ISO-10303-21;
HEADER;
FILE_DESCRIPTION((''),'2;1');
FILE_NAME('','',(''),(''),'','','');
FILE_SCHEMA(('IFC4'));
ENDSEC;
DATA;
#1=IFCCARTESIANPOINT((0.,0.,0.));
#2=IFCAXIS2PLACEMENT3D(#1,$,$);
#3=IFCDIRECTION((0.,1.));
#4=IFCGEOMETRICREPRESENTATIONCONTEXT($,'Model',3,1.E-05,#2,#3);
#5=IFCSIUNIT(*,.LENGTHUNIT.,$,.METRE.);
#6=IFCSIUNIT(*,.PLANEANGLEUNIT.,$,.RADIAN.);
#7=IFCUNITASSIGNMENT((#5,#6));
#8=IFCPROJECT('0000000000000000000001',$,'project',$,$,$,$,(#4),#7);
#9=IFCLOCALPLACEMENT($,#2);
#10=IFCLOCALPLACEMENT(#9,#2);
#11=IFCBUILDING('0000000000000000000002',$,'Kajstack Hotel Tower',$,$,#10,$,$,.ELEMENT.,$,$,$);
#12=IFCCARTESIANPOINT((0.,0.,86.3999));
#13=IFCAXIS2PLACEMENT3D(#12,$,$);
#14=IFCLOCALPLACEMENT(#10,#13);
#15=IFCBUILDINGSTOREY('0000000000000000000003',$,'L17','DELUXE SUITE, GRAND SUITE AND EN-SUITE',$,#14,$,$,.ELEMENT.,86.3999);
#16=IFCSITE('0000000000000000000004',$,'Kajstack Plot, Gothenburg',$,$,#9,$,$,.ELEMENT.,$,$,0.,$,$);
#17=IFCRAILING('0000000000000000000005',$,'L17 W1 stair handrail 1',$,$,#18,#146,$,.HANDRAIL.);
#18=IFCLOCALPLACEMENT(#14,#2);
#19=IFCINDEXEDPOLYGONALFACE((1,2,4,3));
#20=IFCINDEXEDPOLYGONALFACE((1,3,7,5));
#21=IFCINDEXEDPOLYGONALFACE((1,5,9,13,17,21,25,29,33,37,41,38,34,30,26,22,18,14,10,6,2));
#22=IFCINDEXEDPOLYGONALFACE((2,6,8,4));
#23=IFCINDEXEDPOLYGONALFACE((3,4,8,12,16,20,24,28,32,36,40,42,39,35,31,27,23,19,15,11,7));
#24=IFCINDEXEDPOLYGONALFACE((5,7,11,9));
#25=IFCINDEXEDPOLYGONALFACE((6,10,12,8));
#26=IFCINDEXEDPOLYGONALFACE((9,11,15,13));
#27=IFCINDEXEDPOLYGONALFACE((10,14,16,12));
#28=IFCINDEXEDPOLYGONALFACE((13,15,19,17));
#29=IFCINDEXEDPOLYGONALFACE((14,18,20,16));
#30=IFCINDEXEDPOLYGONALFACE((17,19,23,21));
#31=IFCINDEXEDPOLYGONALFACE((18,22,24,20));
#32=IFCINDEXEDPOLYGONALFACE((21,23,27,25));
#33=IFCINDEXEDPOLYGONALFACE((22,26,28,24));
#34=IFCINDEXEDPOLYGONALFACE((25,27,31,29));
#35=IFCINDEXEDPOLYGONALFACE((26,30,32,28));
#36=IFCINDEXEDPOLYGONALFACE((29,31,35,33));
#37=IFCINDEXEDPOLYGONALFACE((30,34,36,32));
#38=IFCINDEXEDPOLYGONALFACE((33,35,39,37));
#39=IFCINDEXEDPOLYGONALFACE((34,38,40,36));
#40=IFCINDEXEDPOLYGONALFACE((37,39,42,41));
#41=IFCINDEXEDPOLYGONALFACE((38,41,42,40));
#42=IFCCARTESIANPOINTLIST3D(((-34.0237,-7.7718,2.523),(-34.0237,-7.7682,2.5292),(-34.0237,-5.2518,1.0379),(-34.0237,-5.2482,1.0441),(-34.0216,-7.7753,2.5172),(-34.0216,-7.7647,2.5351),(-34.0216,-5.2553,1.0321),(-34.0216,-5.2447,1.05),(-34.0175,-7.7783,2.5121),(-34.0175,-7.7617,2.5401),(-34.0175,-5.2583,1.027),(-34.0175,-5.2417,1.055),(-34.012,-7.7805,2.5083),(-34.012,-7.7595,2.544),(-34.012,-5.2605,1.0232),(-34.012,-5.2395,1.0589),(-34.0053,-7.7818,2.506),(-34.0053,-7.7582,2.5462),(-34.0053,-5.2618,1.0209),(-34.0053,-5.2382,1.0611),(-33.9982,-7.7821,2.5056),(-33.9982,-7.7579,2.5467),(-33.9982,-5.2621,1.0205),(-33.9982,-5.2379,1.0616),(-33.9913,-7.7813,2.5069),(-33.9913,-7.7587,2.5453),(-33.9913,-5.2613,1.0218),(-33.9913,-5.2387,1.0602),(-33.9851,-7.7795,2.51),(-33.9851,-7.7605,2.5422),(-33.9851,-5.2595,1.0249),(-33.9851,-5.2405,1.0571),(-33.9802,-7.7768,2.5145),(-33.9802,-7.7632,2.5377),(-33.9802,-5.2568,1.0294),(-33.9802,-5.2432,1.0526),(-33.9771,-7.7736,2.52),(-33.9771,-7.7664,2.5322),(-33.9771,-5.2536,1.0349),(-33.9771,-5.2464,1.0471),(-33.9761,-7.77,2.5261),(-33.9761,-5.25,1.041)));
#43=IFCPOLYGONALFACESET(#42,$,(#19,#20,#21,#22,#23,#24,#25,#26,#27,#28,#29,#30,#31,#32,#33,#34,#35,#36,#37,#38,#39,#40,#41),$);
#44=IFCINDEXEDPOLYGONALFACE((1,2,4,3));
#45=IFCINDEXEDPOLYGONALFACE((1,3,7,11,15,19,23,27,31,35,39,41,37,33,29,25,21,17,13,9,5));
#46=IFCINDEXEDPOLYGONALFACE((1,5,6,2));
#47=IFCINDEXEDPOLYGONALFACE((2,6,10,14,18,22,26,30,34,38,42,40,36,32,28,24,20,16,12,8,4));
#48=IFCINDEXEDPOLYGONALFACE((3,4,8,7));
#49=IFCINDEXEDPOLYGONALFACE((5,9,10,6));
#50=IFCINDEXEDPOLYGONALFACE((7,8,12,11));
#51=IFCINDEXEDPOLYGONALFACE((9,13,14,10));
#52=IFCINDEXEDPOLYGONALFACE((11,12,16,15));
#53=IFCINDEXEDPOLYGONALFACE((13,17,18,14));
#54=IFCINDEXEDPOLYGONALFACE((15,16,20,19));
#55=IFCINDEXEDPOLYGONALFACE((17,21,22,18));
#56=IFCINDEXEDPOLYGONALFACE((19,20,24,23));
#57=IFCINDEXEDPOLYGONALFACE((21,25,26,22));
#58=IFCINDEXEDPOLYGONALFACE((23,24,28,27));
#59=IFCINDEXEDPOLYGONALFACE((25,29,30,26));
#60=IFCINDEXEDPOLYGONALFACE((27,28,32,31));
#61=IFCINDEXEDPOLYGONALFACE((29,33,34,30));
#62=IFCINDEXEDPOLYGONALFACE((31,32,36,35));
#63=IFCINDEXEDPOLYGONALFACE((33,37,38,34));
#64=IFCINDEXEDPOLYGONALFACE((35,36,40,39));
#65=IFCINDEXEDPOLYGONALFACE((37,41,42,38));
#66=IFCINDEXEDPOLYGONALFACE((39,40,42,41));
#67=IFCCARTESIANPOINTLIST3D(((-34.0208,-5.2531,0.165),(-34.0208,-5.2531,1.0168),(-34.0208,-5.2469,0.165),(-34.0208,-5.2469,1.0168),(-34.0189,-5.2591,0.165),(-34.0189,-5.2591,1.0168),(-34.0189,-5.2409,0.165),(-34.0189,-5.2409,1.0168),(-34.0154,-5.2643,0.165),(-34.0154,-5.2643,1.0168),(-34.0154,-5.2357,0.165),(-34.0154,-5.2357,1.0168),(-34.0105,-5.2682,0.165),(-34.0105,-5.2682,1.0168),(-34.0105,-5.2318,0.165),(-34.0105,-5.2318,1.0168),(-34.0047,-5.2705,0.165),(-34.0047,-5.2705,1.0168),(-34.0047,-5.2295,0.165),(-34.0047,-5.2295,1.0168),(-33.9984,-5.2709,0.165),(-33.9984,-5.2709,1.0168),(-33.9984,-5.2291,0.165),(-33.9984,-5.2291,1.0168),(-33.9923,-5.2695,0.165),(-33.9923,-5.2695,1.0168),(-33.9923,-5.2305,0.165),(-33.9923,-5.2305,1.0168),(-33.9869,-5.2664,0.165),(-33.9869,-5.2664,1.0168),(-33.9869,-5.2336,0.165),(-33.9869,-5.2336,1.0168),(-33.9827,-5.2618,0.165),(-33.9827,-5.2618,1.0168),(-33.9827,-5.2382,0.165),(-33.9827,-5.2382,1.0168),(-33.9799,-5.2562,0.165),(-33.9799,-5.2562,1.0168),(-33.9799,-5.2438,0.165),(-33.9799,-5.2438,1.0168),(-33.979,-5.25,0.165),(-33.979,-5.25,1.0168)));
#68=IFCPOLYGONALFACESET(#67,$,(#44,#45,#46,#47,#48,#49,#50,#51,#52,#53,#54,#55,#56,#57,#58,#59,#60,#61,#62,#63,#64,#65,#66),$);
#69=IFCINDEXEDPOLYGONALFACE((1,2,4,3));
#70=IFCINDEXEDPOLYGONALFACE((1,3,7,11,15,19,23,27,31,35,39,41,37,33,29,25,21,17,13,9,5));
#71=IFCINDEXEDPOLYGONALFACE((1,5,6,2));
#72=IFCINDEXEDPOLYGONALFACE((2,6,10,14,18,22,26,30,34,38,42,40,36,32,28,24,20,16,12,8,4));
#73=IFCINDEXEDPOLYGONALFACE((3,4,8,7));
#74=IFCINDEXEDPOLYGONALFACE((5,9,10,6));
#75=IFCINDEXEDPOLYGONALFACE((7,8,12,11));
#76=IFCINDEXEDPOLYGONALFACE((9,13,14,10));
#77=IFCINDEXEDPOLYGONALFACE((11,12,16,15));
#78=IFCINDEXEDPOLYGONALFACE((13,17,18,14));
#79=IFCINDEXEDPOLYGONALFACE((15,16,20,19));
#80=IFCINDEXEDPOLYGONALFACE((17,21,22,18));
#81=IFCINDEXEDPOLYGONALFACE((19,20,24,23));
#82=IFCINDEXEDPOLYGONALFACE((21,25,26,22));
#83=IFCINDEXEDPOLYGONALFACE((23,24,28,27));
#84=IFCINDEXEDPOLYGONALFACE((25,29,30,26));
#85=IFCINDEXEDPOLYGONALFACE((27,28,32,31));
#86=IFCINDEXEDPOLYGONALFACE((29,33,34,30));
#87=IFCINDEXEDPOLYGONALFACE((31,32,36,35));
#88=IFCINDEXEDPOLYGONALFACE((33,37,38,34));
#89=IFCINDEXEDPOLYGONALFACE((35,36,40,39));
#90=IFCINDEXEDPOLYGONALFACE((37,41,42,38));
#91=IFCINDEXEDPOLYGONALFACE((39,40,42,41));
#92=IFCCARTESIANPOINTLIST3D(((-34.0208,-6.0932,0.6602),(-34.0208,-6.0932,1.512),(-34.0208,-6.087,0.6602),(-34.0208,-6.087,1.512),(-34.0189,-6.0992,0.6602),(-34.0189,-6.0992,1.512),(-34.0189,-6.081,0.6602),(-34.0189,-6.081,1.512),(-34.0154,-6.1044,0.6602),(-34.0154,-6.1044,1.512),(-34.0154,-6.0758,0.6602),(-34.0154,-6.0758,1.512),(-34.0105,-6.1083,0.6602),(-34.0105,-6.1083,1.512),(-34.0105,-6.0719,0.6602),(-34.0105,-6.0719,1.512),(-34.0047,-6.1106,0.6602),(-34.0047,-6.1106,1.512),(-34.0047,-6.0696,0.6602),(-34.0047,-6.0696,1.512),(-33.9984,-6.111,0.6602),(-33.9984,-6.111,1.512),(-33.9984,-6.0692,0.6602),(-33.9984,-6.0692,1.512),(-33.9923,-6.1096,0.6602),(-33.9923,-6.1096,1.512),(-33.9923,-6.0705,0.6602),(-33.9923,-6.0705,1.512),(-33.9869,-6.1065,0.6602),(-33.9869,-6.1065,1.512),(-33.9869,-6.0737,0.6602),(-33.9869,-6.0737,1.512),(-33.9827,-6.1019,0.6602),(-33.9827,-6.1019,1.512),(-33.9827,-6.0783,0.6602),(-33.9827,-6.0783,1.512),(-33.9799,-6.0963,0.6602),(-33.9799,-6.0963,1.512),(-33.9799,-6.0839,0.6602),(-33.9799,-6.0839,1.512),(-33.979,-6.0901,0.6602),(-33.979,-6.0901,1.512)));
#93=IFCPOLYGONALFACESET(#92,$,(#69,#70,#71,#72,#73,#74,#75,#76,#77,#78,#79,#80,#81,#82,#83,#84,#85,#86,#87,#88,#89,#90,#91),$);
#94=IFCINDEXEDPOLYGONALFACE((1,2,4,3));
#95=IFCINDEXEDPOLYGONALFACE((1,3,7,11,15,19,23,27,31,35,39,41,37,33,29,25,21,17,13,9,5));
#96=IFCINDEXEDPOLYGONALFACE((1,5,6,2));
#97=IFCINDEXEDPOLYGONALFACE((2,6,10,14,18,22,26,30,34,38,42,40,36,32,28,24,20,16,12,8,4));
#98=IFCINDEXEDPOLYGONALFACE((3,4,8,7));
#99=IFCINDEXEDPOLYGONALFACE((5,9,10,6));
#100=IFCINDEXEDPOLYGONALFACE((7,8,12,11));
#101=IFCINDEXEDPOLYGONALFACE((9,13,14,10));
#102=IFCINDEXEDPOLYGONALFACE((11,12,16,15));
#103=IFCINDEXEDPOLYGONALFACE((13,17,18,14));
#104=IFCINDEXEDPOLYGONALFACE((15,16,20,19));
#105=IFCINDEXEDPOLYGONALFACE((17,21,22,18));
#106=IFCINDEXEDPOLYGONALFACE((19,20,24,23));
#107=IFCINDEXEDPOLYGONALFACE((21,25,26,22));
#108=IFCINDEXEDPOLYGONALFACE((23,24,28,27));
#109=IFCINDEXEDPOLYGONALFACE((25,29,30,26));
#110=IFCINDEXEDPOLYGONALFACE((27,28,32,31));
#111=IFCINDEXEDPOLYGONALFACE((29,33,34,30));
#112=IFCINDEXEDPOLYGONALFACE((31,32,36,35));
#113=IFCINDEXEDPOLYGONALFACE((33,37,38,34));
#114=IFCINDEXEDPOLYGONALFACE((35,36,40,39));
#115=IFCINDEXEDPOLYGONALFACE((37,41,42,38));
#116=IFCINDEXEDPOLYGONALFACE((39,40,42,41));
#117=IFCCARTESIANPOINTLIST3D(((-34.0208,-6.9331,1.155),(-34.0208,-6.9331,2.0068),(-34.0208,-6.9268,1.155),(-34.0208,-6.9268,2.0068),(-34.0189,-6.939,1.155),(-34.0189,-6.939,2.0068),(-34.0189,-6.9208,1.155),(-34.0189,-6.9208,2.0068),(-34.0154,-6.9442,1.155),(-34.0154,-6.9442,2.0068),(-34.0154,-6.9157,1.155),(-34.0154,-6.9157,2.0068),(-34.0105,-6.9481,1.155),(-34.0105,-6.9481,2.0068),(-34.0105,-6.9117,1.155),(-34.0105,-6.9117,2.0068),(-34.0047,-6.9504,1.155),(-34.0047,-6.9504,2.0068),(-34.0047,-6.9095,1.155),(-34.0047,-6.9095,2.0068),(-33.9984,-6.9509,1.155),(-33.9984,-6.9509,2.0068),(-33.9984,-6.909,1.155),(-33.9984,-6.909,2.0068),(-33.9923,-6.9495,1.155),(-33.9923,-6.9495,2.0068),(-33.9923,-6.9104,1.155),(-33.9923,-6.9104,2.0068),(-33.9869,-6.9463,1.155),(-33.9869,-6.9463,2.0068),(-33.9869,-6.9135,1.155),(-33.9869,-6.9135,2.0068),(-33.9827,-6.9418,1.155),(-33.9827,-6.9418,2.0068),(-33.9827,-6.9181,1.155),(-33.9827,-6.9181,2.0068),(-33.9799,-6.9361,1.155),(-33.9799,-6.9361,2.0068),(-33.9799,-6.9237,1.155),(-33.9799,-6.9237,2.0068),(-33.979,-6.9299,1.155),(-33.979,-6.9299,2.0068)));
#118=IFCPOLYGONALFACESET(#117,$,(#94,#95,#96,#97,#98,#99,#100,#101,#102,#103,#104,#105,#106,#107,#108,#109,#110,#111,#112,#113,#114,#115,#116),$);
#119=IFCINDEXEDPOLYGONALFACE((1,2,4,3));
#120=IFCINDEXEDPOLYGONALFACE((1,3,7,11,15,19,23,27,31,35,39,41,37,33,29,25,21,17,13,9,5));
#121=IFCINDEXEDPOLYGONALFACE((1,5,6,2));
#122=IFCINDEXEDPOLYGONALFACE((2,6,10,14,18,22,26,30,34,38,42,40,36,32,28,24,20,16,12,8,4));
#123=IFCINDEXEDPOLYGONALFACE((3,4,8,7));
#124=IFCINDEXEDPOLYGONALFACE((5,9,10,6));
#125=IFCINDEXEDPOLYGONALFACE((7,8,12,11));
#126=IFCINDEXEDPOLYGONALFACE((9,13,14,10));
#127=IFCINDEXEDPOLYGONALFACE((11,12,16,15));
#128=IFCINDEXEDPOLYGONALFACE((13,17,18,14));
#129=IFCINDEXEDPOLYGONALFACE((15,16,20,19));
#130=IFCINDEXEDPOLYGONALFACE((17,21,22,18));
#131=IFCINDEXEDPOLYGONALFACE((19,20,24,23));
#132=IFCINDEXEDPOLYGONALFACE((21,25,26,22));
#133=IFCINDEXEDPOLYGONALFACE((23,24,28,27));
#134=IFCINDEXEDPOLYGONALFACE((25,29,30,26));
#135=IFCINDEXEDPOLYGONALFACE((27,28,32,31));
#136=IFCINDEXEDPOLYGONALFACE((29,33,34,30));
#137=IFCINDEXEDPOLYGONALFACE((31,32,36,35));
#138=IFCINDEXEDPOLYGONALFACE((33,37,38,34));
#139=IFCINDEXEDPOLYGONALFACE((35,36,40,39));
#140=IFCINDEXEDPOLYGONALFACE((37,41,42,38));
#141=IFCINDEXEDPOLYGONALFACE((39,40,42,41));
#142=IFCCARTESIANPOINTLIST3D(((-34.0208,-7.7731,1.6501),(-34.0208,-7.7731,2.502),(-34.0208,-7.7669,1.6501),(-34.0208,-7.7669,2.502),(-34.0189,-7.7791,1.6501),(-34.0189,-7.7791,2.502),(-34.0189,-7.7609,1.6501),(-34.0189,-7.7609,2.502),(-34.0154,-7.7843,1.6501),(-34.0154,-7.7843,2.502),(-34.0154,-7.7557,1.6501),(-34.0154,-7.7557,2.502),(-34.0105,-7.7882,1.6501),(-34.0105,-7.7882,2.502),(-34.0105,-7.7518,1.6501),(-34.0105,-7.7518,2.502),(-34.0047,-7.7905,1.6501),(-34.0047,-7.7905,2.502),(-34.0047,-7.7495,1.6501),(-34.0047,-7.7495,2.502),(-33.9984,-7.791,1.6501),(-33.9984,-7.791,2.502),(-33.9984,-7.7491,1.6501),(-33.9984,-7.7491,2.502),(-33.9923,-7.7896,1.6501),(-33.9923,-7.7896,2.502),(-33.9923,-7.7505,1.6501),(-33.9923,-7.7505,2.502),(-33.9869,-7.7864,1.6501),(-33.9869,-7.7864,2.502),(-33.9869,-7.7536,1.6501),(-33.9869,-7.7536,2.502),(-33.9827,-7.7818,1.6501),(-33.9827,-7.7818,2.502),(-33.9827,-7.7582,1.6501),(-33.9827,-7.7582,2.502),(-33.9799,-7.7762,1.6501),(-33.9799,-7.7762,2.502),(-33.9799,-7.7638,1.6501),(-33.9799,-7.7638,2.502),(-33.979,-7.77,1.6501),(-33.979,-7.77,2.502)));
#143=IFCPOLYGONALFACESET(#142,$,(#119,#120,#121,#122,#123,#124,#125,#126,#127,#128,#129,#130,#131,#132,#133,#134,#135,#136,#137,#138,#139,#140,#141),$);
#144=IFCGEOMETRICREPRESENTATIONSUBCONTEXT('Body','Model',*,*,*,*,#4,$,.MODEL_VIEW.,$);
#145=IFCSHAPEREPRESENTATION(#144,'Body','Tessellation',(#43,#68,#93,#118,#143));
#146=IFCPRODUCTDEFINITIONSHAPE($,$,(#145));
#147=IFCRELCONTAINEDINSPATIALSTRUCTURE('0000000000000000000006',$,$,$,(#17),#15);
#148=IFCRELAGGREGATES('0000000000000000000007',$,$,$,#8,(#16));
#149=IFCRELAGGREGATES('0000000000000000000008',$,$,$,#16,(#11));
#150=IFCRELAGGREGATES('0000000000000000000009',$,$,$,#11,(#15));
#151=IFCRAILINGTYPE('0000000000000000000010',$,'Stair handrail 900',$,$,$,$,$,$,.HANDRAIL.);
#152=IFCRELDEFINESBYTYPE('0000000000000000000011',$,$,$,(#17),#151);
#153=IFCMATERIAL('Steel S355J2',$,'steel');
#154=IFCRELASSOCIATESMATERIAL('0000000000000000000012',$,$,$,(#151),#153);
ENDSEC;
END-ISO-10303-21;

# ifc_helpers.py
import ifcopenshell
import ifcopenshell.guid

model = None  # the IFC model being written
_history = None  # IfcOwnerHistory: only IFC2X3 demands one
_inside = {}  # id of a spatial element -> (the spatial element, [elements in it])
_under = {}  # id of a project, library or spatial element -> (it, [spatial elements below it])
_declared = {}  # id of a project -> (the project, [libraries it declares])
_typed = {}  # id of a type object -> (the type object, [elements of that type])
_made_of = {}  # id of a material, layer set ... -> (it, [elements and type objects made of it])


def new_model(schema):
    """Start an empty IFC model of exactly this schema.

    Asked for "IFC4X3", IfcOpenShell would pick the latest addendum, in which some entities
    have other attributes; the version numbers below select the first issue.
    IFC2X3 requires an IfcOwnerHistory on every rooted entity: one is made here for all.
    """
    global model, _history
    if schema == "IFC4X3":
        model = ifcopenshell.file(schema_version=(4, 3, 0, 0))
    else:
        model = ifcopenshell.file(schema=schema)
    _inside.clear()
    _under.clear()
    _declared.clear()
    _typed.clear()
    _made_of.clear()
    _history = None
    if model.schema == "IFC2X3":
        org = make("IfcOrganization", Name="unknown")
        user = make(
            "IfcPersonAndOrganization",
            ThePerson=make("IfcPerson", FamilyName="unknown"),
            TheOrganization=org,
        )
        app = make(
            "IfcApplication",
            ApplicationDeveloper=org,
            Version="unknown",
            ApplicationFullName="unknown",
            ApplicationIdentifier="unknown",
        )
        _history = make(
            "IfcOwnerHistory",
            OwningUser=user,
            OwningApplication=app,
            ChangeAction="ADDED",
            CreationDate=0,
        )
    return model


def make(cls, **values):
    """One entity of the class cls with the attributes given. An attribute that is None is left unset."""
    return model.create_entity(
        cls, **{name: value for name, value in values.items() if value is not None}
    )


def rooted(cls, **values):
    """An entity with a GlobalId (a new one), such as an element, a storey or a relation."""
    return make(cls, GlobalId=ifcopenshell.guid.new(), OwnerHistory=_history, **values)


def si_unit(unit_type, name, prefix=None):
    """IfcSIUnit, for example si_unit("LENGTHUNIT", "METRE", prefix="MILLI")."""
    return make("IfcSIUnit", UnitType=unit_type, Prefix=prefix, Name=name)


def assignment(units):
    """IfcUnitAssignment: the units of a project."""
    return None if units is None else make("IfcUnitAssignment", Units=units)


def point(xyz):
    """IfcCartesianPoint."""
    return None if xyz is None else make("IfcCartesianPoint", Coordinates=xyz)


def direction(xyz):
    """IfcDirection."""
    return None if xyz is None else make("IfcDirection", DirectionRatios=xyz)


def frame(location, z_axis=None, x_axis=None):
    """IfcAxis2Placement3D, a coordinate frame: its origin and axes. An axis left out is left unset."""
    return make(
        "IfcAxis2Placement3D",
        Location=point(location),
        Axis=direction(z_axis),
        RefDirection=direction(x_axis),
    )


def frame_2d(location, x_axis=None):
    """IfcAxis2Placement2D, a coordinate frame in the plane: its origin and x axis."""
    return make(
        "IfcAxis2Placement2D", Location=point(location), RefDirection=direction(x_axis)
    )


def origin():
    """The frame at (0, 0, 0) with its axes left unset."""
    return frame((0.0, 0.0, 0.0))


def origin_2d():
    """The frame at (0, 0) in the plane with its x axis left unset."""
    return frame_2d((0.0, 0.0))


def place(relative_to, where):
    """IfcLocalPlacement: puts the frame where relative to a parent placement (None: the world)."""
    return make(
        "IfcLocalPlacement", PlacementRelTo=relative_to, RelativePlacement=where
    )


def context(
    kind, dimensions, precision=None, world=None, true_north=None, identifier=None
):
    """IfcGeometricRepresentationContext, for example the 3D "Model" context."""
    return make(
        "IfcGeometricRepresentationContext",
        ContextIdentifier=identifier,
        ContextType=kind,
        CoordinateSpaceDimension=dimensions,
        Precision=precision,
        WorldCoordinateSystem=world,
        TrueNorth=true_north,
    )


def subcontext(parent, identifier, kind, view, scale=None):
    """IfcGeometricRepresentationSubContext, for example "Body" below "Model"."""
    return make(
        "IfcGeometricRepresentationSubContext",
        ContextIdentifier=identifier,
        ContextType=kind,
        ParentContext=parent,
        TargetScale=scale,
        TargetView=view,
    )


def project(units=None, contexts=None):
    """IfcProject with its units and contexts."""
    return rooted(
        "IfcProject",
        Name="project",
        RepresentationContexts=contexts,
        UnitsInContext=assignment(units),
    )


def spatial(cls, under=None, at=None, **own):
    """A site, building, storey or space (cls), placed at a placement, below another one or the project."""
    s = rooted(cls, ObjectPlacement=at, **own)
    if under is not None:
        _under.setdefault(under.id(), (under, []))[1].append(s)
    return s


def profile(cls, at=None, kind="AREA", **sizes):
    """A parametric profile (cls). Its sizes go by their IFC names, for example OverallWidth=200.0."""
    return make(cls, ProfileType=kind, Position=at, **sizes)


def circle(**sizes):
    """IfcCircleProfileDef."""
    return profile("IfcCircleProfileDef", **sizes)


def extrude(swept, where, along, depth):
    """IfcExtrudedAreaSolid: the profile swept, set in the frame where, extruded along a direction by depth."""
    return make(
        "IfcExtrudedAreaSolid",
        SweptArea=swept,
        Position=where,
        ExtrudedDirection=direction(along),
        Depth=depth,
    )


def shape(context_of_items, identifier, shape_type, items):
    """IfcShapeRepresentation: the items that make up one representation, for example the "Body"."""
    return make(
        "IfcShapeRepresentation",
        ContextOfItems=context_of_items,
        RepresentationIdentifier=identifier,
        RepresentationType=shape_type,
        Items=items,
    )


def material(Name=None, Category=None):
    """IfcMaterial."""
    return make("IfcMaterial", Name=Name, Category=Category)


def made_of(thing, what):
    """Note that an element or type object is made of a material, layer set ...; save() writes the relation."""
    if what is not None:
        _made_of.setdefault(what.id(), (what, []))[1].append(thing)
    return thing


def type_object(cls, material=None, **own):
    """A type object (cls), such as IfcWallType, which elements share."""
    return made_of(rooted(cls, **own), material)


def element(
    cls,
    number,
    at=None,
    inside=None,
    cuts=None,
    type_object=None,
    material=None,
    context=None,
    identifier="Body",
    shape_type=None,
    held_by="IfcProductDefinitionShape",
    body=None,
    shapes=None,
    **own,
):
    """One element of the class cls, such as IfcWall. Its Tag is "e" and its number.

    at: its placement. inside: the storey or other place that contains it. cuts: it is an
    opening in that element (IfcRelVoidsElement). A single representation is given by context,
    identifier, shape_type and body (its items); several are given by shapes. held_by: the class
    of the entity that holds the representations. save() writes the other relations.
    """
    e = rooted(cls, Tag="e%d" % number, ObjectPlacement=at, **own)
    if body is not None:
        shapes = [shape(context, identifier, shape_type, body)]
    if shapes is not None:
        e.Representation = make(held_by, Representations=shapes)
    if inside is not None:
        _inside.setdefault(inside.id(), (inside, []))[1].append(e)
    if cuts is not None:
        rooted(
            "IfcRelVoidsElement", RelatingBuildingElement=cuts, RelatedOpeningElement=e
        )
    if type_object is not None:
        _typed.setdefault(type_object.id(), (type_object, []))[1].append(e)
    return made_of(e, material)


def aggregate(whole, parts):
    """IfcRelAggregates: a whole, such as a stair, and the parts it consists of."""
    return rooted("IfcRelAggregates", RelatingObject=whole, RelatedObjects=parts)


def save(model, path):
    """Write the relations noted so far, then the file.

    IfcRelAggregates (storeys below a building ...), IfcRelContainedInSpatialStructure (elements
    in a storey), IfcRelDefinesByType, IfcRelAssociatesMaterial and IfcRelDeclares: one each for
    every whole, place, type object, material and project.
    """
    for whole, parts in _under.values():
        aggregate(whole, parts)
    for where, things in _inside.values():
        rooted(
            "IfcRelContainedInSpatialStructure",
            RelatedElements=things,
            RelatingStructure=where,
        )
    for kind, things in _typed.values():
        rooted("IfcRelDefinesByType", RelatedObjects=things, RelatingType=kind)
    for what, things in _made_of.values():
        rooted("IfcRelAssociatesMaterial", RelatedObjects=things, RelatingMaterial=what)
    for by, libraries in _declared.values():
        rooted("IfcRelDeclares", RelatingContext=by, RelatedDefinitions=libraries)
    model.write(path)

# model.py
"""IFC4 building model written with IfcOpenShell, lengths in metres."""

from ifc_helpers import new_model, si_unit, direction, frame, origin, origin_2d, place, context, subcontext, project, spatial, circle, extrude, material, type_object, element, save


model = new_model("IFC4")

# Units and contexts
model_context = context("Model", 3, precision=1e-05, world=origin(), true_north=direction((0.0, 1.0)))
body_context = subcontext(model_context, "Body", "Model", "MODEL_VIEW")
ifc_project = project(units=[si_unit("LENGTHUNIT", "METRE"), si_unit("PLANEANGLEUNIT", "RADIAN")], contexts=[model_context])

# Site, building, storey
site_placement = place(None, origin())
site = spatial("IfcSite", under=ifc_project, at=site_placement, Name="Kajstack Plot, Gothenburg", CompositionType="ELEMENT", RefElevation=0.0)
building_placement = place(site_placement, origin())
building = spatial("IfcBuilding", under=site, at=building_placement, Name="Kajstack Hotel Tower", CompositionType="ELEMENT")
storey_placement = place(building_placement, frame((0.0, 0.0, 86.3999)))
storey = spatial("IfcBuildingStorey", under=building, at=storey_placement, Name="L17", Description="DELUXE SUITE, GRAND SUITE AND EN-SUITE", CompositionType="ELEMENT", Elevation=86.3999)

# Railing
ifc_material_1 = material(Name="Steel S355J2", Category="steel")
railing_type = type_object("IfcRailingType", Name="Stair handrail 900", PredefinedType="HANDRAIL", material=ifc_material_1)
railing_1_placement = place(storey_placement, frame((-34.0, -5.25, 0.165)))
element("IfcRailing", 1, at=railing_1_placement, inside=storey, type_object=railing_type, Name="L17 W1 stair handrail 1", PredefinedType="HANDRAIL", context=body_context, shape_type="SweptSolid", body=[
    extrude(circle(Radius=0.0239, at=origin_2d()), frame((0.0, 0.0, 0.876), z_axis=(0.0, -0.861524, 0.507717), x_axis=(1.0, 0.0, 0.0)), (0.0, 0.0, 1.0), 2.925),
    extrude(circle(Radius=0.021, at=origin_2d()), origin(), (0.0, 0.0, 1.0), 0.8518),
    extrude(circle(Radius=0.021, at=origin_2d()), frame((0.0, -0.8401, 0.4951)), (0.0, 0.0, 1.0), 0.8518),
    extrude(circle(Radius=0.021, at=origin_2d()), frame((0.0, -1.6799, 0.99)), (0.0, 0.0, 1.0), 0.8518),
    extrude(circle(Radius=0.021, at=origin_2d()), frame((0.0, -2.52, 1.4851)), (0.0, 0.0, 1.0), 0.8518),
])

save(model, "model.ifc")
